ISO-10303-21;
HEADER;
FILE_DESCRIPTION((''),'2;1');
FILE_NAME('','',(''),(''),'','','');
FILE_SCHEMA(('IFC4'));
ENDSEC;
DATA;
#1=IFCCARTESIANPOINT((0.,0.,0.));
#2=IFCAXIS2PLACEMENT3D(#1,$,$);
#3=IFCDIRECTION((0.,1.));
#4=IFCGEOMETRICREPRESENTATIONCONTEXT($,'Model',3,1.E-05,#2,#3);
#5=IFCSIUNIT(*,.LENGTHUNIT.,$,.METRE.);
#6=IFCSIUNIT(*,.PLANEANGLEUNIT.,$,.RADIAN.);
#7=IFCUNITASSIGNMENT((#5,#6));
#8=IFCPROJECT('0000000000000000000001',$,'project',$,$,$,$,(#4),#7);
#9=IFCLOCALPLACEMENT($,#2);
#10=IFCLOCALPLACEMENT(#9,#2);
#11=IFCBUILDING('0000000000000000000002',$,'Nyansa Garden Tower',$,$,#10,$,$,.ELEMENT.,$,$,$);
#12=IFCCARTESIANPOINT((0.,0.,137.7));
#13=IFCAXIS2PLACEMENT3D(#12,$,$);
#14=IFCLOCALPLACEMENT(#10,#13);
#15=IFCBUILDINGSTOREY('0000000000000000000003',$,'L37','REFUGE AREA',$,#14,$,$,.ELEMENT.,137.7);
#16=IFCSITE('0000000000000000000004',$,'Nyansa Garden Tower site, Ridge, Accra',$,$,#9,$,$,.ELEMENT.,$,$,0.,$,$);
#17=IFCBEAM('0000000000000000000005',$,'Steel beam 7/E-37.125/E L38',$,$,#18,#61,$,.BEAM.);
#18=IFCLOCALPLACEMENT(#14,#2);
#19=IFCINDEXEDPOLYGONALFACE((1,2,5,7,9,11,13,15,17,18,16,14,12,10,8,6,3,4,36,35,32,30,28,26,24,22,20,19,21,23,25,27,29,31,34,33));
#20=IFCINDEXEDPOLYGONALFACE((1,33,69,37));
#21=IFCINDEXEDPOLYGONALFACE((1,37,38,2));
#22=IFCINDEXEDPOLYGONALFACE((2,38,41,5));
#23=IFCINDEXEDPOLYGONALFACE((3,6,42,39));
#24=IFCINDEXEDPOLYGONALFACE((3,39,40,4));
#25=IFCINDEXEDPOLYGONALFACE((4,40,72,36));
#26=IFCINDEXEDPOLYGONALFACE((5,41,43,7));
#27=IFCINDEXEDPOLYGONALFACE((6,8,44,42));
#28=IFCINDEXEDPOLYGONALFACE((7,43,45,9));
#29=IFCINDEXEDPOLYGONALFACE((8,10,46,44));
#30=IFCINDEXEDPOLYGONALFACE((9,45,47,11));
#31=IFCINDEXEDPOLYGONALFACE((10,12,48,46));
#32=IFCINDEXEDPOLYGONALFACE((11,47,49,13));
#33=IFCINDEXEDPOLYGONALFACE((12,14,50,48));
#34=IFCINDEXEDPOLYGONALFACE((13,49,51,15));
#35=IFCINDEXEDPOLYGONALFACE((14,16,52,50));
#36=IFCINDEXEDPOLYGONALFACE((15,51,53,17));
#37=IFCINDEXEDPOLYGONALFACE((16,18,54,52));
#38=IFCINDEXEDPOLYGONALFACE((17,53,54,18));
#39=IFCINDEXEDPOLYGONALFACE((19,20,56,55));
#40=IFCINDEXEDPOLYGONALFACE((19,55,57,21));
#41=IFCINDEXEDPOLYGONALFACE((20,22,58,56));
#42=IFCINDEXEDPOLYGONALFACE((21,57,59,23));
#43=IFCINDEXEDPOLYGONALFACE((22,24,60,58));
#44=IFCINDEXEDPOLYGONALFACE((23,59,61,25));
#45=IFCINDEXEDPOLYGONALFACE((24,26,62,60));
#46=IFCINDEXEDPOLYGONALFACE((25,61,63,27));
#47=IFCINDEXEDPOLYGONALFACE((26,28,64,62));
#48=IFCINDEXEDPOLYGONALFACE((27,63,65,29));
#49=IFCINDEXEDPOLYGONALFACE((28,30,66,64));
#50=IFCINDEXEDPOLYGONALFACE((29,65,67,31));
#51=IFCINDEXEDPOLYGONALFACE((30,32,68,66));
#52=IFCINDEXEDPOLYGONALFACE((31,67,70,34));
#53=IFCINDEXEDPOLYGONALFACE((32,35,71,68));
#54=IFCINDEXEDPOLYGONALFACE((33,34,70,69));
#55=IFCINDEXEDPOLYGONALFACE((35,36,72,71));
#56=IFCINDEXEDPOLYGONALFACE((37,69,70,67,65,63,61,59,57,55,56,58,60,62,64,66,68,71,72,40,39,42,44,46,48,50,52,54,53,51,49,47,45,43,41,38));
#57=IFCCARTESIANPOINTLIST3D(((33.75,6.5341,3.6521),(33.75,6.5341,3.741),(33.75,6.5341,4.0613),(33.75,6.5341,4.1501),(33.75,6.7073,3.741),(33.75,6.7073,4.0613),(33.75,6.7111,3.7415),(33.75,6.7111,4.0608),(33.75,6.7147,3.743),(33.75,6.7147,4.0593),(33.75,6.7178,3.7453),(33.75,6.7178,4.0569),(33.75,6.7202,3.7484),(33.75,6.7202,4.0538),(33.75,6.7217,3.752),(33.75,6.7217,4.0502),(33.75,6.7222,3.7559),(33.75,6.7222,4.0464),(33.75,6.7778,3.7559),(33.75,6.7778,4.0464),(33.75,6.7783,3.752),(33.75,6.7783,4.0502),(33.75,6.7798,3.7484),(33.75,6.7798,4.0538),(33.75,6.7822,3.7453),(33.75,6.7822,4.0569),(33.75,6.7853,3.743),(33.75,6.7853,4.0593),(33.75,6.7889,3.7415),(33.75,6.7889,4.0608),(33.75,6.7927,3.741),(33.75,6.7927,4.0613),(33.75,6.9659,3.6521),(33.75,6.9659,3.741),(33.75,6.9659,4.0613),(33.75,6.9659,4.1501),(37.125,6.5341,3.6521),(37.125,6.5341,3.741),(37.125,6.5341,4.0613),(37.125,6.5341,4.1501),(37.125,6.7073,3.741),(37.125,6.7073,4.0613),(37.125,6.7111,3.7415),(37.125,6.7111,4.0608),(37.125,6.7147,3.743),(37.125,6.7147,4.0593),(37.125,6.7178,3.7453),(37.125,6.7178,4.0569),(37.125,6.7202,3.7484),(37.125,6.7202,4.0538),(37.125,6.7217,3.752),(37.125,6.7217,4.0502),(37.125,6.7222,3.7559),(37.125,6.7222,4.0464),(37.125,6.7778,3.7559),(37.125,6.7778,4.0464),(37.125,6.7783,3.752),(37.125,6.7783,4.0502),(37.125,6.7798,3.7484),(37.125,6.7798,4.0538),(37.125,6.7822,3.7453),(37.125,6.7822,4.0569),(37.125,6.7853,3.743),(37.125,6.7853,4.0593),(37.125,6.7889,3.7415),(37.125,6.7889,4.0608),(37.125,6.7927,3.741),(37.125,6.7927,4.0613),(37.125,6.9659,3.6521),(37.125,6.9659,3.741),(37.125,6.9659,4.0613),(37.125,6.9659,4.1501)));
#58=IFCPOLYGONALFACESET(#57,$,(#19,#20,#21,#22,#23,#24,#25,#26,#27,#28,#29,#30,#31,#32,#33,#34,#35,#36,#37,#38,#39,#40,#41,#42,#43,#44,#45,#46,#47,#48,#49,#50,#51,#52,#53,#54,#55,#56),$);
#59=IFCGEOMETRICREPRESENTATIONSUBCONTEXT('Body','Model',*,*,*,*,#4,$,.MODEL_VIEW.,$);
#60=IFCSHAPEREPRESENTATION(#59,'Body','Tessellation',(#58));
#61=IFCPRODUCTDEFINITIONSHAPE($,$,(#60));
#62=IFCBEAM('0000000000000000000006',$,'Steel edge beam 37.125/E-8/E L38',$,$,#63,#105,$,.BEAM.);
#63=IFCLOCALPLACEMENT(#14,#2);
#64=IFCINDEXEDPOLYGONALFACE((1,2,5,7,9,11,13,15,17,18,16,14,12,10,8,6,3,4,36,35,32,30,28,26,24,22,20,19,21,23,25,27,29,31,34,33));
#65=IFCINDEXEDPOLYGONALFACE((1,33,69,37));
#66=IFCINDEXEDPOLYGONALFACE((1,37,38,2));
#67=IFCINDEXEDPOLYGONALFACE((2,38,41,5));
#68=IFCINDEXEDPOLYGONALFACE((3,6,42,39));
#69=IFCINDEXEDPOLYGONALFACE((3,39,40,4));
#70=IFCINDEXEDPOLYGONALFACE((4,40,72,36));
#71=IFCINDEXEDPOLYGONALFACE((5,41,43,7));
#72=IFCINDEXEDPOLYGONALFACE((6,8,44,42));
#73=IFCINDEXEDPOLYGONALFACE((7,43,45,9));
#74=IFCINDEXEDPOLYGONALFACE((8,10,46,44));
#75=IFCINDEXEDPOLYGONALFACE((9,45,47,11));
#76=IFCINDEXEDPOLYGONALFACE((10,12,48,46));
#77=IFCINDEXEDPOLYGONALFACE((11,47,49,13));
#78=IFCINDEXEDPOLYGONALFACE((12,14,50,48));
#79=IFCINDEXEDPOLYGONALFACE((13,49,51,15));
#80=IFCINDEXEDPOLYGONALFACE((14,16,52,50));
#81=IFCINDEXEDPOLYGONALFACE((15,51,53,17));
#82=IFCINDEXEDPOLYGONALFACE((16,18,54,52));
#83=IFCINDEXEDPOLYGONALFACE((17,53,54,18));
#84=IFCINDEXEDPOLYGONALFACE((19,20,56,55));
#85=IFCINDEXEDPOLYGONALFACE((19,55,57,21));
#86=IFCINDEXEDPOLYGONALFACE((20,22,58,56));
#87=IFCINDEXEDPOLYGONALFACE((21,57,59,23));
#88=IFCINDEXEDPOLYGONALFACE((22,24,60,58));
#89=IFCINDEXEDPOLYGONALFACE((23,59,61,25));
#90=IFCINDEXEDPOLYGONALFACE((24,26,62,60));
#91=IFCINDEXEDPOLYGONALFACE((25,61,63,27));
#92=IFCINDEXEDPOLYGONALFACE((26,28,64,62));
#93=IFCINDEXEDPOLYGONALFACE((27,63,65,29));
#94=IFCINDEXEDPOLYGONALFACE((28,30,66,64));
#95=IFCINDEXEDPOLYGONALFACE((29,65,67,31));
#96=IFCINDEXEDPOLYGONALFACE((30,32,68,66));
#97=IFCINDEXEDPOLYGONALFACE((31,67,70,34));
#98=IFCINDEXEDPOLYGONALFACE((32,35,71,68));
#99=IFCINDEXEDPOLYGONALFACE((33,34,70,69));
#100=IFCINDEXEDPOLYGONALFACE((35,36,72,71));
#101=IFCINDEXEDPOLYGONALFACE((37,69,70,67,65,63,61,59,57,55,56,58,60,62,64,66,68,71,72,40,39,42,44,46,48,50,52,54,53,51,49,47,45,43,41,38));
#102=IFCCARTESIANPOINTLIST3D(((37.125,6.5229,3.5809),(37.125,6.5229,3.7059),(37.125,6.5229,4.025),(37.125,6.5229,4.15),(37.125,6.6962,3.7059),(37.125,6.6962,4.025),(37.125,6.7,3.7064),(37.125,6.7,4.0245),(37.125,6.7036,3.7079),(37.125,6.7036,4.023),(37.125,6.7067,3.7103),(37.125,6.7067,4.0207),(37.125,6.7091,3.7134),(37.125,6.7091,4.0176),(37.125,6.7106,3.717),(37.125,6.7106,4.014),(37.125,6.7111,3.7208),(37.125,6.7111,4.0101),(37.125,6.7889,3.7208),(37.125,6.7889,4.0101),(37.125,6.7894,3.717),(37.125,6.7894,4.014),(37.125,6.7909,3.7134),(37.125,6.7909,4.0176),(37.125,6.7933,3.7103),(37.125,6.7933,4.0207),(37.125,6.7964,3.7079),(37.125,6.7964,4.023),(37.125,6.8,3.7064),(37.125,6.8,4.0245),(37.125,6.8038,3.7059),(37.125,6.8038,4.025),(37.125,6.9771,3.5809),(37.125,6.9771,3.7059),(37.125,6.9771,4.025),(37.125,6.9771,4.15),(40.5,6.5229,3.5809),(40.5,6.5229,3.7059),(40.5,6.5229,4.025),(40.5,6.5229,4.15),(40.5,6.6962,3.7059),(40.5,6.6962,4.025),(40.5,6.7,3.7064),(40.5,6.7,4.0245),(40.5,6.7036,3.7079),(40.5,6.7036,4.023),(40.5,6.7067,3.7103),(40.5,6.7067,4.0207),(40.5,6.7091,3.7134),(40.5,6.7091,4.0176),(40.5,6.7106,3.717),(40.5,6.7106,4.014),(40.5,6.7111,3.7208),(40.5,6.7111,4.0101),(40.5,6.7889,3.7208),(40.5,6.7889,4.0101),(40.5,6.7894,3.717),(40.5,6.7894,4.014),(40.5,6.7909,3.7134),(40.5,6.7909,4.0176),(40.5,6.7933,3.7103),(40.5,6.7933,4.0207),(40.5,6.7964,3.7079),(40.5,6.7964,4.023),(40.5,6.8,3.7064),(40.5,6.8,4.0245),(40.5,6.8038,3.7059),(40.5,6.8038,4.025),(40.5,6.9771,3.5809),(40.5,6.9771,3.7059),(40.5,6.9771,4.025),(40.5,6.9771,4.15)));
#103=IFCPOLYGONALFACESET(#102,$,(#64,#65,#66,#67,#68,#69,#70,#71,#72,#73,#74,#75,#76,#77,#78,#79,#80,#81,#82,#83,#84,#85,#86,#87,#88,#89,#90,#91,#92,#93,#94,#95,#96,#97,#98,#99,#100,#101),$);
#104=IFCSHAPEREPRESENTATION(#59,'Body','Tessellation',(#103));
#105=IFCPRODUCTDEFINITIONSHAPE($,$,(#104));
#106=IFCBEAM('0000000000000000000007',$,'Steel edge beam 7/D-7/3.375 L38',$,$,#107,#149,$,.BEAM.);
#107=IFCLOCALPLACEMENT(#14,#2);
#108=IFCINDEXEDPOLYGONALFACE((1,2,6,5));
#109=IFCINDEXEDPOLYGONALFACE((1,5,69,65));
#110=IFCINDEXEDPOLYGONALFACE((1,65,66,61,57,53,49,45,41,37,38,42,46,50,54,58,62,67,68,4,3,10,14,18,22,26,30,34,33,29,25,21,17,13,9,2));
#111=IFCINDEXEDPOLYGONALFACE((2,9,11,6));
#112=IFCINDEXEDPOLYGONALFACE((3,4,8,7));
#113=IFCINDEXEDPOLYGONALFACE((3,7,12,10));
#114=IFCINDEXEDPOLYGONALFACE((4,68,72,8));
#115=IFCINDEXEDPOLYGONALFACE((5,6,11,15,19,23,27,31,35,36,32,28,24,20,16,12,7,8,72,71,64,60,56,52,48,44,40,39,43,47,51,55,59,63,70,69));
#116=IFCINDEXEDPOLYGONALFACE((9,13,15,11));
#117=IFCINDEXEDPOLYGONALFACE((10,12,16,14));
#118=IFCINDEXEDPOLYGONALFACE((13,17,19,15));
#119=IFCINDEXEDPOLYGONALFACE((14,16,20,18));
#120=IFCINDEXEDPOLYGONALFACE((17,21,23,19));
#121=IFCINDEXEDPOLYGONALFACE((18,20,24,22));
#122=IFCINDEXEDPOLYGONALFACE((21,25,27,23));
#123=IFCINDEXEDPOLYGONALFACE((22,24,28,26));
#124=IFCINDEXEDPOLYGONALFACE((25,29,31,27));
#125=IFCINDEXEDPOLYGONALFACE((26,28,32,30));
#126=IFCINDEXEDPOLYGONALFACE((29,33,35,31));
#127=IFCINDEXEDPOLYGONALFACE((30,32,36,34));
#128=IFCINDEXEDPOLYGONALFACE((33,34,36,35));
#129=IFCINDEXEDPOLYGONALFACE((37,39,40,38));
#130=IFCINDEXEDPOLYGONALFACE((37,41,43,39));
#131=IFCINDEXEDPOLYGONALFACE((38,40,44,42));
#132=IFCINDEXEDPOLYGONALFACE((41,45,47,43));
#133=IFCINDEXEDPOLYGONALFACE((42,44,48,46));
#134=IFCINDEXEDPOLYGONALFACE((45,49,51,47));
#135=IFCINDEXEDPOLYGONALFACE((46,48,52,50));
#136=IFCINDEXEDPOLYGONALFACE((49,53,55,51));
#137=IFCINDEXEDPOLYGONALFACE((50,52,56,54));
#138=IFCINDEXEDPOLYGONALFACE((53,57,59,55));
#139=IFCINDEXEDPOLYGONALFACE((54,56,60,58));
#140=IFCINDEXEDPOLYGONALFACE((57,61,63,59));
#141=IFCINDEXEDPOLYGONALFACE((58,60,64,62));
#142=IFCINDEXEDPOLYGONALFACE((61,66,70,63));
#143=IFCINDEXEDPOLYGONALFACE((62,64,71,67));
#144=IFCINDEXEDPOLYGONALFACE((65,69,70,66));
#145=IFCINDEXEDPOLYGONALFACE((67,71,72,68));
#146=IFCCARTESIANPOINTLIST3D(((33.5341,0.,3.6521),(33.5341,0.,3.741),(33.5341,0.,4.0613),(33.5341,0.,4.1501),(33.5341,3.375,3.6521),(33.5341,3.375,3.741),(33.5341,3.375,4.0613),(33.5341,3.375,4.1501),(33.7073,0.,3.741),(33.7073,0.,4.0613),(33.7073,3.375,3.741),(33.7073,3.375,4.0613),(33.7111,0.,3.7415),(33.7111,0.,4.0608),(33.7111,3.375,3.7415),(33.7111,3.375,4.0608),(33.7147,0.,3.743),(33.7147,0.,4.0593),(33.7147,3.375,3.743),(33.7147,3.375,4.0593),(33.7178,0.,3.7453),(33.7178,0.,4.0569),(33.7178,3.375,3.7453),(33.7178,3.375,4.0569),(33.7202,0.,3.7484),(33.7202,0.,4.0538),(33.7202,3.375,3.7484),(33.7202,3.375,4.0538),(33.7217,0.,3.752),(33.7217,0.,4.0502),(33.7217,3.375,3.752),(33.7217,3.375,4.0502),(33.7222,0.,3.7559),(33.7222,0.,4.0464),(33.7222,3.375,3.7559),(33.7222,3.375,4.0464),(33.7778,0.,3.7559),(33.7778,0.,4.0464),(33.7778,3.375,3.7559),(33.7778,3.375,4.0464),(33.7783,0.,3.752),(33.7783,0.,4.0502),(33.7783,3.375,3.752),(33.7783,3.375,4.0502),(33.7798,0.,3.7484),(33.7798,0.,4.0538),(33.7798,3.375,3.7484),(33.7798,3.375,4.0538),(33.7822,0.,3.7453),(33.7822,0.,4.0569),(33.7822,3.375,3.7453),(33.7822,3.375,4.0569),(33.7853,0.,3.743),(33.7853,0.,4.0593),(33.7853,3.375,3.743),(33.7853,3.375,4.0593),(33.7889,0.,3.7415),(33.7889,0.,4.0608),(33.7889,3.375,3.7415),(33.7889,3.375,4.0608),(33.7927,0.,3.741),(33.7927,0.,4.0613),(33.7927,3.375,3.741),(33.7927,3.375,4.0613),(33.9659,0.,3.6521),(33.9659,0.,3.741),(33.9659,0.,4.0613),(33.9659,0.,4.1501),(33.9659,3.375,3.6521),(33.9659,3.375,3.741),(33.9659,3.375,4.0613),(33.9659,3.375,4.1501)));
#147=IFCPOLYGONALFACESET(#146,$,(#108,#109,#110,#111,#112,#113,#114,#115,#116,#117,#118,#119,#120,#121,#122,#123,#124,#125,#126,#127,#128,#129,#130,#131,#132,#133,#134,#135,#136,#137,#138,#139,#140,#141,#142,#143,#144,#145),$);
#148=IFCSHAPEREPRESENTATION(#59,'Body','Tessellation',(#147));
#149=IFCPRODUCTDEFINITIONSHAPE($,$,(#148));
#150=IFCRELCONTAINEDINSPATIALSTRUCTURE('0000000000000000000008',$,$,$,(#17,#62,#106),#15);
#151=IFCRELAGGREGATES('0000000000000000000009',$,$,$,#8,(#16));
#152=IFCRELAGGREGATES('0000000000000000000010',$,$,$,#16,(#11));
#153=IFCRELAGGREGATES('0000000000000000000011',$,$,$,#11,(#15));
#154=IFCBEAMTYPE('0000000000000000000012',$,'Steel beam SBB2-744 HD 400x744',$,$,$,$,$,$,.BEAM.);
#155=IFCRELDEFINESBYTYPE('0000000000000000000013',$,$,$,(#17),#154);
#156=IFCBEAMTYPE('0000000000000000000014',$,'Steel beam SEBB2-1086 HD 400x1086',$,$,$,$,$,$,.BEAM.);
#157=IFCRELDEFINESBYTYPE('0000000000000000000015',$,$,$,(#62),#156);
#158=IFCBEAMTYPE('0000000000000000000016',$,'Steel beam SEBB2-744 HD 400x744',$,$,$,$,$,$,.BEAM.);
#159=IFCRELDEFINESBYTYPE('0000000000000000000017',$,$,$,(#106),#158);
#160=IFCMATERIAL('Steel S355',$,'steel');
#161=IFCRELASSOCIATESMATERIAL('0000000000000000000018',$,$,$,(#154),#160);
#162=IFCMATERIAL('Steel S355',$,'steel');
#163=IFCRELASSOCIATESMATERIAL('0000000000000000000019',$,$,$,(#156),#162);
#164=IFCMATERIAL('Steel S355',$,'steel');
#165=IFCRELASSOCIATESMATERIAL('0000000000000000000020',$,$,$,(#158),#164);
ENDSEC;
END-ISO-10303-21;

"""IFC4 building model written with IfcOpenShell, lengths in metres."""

from ifc_helpers import new_model, si_unit, direction, frame, origin, origin_2d, place, context, subcontext, project, spatial, i_section, extrude, material, material_profile, profile_set, type_object, element, save


model = new_model("IFC4")

# Units and contexts
model_context = context("Model", 3, precision=1e-05, world=origin(), true_north=direction((0.0, 1.0)))
body_context = subcontext(model_context, "Body", "Model", "MODEL_VIEW")
ifc_project = project(units=[si_unit("LENGTHUNIT", "METRE"), si_unit("PLANEANGLEUNIT", "RADIAN")], contexts=[model_context])

# Site, building, storey
site_placement = place(None, origin())
site = spatial("IfcSite", under=ifc_project, at=site_placement, Name="Nyansa Garden Tower site, Ridge, Accra", CompositionType="ELEMENT", RefElevation=0.0)
building_placement = place(site_placement, origin())
building = spatial("IfcBuilding", under=site, at=building_placement, Name="Nyansa Garden Tower", CompositionType="ELEMENT")
storey_placement = place(building_placement, frame((0.0, 0.0, 137.7)))
storey = spatial("IfcBuildingStorey", under=building, at=storey_placement, Name="L37", Description="REFUGE AREA", CompositionType="ELEMENT", Elevation=137.7)

# Beams
ifc_material_1 = material(Name="Steel S355", Category="steel")
ifc_material_profile_1 = material_profile(ifc_material_1, i_section(OverallWidth=0.4319, OverallDepth=0.498, WebThickness=0.0557, FlangeThickness=0.0889, FilletRadius=0.0149, at=origin_2d()), Name="HD 400x744")
ifc_profile_set_1 = profile_set([ifc_material_profile_1], Name="Steel S355")
beam_type_1 = type_object("IfcBeamType", Name="Steel beam SBB2-744 HD 400x744", PredefinedType="BEAM", material=ifc_profile_set_1)
beam_1_placement = place(storey_placement, frame((33.75, 6.75, 3.9011), z_axis=(1.0, 0.0, 0.0), x_axis=(0.0, 1.0, 0.0)))
element("IfcBeam", 1, at=beam_1_placement, inside=storey, type_object=beam_type_1, Name="Steel beam 7/E-37.125/E L38", PredefinedType="BEAM", context=body_context, shape_type="SweptSolid", body=[
    extrude(i_section(OverallWidth=0.4319, OverallDepth=0.498, WebThickness=0.0557, FlangeThickness=0.0889, FilletRadius=0.0149, at=origin_2d()), origin(), (0.0, 0.0, 1.0), 3.375),
])
ifc_material_2 = material(Name="Steel S355", Category="steel")
ifc_material_profile_2 = material_profile(ifc_material_2, i_section(OverallWidth=0.4541, OverallDepth=0.5691, WebThickness=0.0779, FlangeThickness=0.125, FilletRadius=0.0149, at=origin_2d()), Name="HD 400x1086")
ifc_profile_set_2 = profile_set([ifc_material_profile_2], Name="Steel S355")
beam_type_2 = type_object("IfcBeamType", Name="Steel beam SEBB2-1086 HD 400x1086", PredefinedType="BEAM", material=ifc_profile_set_2)
beam_2_placement = place(storey_placement, frame((37.125, 6.75, 3.8655), z_axis=(1.0, 0.0, 0.0), x_axis=(0.0, 1.0, 0.0)))
element("IfcBeam", 2, at=beam_2_placement, inside=storey, type_object=beam_type_2, Name="Steel edge beam 37.125/E-8/E L38", PredefinedType="BEAM", context=body_context, shape_type="SweptSolid", body=[
    extrude(i_section(OverallWidth=0.4541, OverallDepth=0.5691, WebThickness=0.0779, FlangeThickness=0.125, FilletRadius=0.0149, at=origin_2d()), origin(), (0.0, 0.0, 1.0), 3.375),
])
ifc_material_3 = material(Name="Steel S355", Category="steel")
ifc_material_profile_3 = material_profile(ifc_material_3, i_section(OverallWidth=0.4319, OverallDepth=0.498, WebThickness=0.0557, FlangeThickness=0.0889, FilletRadius=0.0149, at=origin_2d()), Name="HD 400x744")
ifc_profile_set_3 = profile_set([ifc_material_profile_3], Name="Steel S355")
beam_type_3 = type_object("IfcBeamType", Name="Steel beam SEBB2-744 HD 400x744", PredefinedType="BEAM", material=ifc_profile_set_3)
beam_3_placement = place(storey_placement, frame((33.75, 0.0, 3.9011), z_axis=(0.0, 1.0, 0.0), x_axis=(-1.0, 0.0, 0.0)))
element("IfcBeam", 3, at=beam_3_placement, inside=storey, type_object=beam_type_3, Name="Steel edge beam 7/D-7/3.375 L38", PredefinedType="BEAM", context=body_context, shape_type="SweptSolid", body=[
    extrude(i_section(OverallWidth=0.4319, OverallDepth=0.498, WebThickness=0.0557, FlangeThickness=0.0889, FilletRadius=0.0149, at=origin_2d()), origin(), (0.0, 0.0, 1.0), 3.375),
])

save(model, "model.ifc")
